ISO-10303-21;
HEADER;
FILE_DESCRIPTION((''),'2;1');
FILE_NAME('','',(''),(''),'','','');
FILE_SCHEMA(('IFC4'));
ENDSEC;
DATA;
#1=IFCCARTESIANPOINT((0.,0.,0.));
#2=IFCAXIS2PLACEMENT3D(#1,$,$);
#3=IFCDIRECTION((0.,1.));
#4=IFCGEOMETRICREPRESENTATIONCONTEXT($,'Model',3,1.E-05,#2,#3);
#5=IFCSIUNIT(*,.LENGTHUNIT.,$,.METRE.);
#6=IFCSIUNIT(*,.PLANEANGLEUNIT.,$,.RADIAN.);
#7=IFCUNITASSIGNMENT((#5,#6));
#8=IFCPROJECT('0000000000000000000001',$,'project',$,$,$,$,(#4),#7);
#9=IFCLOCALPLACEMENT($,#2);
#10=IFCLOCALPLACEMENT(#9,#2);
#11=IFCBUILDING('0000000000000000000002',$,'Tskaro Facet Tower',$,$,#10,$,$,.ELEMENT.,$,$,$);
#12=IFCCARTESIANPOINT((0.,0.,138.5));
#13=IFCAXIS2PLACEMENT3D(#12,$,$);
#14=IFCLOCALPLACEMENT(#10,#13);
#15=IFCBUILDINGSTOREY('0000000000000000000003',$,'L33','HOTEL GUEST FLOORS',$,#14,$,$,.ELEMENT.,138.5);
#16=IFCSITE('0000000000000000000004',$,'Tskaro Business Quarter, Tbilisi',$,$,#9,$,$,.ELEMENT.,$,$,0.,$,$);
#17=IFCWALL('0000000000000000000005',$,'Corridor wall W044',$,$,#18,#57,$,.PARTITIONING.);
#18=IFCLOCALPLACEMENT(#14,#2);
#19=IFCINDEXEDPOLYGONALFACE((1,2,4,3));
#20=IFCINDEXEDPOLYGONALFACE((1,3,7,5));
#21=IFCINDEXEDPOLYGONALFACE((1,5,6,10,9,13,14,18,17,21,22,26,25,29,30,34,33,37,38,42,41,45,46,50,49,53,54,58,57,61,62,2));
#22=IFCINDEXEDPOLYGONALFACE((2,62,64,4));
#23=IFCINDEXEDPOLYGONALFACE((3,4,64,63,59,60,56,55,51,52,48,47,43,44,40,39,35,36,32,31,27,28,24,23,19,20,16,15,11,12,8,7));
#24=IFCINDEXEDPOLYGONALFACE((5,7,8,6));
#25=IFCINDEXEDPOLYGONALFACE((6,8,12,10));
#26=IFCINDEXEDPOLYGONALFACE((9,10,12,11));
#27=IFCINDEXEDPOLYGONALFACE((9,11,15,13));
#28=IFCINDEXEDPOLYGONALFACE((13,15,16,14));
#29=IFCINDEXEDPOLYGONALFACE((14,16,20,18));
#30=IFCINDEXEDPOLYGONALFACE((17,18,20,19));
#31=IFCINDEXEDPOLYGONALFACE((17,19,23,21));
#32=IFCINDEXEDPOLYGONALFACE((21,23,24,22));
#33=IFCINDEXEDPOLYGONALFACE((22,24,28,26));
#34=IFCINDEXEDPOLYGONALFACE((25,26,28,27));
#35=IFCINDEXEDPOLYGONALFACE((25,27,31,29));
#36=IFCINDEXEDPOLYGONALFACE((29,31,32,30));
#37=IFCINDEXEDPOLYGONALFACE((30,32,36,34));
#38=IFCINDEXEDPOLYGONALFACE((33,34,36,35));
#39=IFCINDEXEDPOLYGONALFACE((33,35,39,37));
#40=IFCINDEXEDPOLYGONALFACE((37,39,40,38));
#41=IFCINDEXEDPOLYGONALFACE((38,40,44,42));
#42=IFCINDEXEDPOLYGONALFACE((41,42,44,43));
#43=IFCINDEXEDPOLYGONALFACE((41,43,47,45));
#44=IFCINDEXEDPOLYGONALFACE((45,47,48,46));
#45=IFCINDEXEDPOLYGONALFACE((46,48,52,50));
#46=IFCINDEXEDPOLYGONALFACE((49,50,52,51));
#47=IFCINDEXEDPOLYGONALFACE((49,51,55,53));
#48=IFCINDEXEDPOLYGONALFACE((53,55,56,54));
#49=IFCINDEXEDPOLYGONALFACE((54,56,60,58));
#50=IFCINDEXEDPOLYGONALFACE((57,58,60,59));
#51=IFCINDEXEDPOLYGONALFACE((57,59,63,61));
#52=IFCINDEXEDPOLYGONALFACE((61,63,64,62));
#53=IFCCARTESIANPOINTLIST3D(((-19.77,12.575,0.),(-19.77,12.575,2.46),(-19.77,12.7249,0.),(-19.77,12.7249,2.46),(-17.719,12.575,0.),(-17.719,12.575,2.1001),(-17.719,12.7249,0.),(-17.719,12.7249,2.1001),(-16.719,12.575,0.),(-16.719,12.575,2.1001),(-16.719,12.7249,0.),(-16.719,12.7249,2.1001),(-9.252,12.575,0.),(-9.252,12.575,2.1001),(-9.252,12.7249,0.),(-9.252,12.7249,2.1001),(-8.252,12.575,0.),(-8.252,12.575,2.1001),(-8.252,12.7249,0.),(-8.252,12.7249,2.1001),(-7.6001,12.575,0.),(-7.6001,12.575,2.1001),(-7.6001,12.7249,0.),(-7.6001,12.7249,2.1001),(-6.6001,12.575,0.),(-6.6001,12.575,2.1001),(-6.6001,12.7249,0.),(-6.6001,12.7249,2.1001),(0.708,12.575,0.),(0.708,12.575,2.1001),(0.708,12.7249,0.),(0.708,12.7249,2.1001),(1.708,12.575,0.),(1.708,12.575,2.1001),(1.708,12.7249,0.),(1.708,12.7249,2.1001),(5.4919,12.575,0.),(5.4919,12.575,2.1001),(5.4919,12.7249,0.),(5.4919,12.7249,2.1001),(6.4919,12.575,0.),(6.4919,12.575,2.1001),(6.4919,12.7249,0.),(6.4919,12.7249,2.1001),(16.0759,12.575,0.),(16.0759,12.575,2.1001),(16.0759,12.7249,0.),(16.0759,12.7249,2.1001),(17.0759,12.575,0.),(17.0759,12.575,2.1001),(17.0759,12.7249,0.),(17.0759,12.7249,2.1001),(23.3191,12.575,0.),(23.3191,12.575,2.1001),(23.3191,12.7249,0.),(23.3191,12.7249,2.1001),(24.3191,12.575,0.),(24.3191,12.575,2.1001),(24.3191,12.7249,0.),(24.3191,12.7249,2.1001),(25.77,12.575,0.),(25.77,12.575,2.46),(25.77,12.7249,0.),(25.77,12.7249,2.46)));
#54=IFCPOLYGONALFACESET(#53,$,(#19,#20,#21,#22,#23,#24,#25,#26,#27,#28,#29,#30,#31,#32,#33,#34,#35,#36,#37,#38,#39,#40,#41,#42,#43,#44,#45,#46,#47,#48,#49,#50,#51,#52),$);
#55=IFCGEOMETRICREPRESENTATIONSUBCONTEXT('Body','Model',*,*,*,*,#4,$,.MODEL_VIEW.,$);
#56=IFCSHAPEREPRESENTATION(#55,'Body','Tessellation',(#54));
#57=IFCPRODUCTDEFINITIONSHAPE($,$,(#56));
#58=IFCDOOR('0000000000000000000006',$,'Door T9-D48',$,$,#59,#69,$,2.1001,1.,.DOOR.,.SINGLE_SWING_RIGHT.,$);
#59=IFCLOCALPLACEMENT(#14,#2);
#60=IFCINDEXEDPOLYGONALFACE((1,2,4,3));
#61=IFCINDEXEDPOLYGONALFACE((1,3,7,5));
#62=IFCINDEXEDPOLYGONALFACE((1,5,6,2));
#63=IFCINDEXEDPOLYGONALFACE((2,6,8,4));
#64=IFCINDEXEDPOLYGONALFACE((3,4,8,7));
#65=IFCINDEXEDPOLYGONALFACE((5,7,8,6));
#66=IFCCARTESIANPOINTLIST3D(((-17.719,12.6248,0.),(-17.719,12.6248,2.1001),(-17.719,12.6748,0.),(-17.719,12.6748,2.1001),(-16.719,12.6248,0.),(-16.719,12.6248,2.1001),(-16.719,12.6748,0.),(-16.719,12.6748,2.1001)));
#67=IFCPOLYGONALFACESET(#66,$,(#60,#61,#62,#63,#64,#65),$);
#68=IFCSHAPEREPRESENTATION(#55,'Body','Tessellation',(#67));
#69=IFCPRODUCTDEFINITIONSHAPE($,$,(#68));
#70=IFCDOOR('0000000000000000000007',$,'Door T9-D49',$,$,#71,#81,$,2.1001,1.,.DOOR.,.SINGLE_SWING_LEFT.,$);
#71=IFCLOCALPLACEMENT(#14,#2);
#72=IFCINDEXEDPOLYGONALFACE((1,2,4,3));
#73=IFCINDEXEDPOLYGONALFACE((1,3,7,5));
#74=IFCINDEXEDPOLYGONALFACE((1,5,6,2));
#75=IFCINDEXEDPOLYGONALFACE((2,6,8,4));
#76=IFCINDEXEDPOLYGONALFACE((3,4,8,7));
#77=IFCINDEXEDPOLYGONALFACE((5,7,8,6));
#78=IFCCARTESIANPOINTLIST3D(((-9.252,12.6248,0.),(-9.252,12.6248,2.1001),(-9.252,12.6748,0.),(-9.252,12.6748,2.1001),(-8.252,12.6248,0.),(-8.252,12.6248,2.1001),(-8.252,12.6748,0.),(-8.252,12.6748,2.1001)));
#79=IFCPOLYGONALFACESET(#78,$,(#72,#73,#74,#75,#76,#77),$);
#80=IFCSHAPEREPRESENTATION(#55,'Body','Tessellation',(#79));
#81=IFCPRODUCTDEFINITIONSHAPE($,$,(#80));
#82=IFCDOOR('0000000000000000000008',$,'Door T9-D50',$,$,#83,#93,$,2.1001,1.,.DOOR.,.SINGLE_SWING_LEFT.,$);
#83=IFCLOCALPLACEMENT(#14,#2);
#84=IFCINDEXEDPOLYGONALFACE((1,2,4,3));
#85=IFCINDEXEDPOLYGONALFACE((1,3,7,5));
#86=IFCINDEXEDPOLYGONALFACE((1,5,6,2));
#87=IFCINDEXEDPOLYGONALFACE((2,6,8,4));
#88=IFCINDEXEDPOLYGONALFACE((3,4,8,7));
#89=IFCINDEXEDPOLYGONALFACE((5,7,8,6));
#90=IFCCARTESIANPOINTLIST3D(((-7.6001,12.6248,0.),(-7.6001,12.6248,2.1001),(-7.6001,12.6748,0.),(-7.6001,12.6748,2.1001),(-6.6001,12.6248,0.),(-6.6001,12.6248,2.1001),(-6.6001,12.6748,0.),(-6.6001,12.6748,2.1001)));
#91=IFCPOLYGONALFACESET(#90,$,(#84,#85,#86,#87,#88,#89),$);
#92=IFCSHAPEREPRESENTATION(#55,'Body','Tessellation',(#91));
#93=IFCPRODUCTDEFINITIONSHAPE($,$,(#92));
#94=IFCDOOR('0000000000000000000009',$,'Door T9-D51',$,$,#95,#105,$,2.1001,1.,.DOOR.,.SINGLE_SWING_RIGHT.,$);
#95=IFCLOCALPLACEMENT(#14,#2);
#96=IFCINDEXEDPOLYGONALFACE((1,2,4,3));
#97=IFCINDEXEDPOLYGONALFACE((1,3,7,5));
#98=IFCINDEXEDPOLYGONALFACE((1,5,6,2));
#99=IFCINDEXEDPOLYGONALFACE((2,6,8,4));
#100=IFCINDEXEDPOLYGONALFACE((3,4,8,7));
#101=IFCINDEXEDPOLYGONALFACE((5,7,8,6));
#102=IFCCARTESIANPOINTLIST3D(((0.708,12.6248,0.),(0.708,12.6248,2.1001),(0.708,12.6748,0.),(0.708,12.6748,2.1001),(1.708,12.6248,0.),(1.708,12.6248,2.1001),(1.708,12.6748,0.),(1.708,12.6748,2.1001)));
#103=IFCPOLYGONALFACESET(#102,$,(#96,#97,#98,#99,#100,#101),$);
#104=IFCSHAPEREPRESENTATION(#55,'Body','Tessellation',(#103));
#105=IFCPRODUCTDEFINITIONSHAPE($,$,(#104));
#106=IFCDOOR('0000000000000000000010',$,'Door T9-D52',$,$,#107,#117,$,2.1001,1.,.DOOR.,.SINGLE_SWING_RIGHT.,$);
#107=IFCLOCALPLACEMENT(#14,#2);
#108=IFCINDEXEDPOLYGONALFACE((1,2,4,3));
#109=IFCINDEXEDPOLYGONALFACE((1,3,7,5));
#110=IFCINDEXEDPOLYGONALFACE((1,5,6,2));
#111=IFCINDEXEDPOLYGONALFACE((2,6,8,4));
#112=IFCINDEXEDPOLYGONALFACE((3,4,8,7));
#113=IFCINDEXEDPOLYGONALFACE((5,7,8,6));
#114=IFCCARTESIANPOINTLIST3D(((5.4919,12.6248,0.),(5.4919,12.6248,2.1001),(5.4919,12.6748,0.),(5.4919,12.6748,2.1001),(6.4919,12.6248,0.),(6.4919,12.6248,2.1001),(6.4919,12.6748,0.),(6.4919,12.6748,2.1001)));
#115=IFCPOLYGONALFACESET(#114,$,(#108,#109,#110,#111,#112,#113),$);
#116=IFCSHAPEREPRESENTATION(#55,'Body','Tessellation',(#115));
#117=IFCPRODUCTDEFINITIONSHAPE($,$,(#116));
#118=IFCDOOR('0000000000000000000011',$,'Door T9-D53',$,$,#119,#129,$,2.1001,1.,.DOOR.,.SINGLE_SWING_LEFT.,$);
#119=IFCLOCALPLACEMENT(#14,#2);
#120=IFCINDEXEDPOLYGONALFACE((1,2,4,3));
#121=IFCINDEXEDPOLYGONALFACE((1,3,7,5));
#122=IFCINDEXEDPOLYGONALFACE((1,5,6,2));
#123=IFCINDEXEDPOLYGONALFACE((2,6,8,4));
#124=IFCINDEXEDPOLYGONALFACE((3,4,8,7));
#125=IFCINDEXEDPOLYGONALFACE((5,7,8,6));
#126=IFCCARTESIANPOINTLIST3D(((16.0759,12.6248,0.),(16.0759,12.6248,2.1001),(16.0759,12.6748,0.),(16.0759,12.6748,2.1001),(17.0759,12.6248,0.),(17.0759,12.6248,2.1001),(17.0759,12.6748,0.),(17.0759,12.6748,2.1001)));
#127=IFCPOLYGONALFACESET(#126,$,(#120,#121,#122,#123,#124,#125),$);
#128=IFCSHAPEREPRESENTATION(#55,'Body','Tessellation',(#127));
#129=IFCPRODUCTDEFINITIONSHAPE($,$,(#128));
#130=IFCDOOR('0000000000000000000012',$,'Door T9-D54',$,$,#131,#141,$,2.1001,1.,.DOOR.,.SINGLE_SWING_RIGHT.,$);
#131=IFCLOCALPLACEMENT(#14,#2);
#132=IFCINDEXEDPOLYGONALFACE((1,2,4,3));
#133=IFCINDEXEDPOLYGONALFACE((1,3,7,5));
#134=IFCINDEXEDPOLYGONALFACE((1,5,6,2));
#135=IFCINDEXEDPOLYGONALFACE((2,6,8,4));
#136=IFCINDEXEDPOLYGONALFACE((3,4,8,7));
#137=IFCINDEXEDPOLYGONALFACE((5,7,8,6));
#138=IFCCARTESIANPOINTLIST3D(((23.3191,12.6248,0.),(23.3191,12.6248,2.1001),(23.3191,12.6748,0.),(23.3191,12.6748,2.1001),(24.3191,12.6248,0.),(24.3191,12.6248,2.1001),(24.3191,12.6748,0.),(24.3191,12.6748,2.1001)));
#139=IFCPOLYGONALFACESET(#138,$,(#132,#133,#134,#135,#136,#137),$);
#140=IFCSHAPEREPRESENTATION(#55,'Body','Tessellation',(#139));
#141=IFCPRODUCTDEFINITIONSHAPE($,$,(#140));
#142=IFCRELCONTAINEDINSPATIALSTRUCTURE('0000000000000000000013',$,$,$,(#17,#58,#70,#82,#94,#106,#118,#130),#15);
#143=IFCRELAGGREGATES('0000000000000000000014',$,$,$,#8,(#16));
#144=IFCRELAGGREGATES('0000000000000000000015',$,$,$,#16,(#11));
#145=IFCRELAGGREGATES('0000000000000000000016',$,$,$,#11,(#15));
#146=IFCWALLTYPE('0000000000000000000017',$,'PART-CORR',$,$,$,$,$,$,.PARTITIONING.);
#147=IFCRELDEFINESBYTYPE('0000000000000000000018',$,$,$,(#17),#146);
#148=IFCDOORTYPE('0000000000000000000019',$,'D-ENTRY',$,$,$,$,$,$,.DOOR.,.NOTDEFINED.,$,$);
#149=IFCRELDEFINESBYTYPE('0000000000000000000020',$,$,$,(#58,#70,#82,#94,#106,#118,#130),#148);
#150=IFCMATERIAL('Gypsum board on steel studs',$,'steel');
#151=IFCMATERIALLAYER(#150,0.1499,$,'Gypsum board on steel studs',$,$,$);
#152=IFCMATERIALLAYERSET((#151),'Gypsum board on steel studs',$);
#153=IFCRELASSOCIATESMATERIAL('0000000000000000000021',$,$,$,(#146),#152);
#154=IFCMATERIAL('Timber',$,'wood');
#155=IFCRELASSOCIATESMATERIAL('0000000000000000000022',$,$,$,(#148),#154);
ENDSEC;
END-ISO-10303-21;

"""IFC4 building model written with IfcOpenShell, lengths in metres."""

from ifc_helpers import new_model, si_unit, direction, frame, frame_2d, origin, place, context, subcontext, project, spatial, rectangle, extrude, material, layer, layer_set, type_object, element, fill, save


model = new_model("IFC4")

# Units and contexts
model_context = context("Model", 3, precision=1e-05, world=origin(), true_north=direction((0.0, 1.0)))
body_context = subcontext(model_context, "Body", "Model", "MODEL_VIEW")
ifc_project = project(units=[si_unit("LENGTHUNIT", "METRE"), si_unit("PLANEANGLEUNIT", "RADIAN")], contexts=[model_context])

# Site, building, storey
site_placement = place(None, origin())
site = spatial("IfcSite", under=ifc_project, at=site_placement, Name="Tskaro Business Quarter, Tbilisi", CompositionType="ELEMENT", RefElevation=0.0)
building_placement = place(site_placement, origin())
building = spatial("IfcBuilding", under=site, at=building_placement, Name="Tskaro Facet Tower", CompositionType="ELEMENT")
storey_placement = place(building_placement, frame((0.0, 0.0, 138.5)))
storey = spatial("IfcBuildingStorey", under=building, at=storey_placement, Name="L33", Description="HOTEL GUEST FLOORS", CompositionType="ELEMENT", Elevation=138.5)

# Shared definitions
ifc_material_1 = material(Name="Gypsum board on steel studs", Category="steel")
ifc_layer_1 = layer(ifc_material_1, 0.1499, Name="Gypsum board on steel studs")
ifc_layer_set_1 = layer_set([ifc_layer_1], Name="Gypsum board on steel studs")
wall_type_1 = type_object("IfcWallType", Name="PART-CORR", PredefinedType="PARTITIONING", material=ifc_layer_set_1)
ifc_material_2 = material(Name="Timber", Category="wood")

# Wall, openings, doors
wall_1_placement = place(storey_placement, frame((-19.77, 12.6499, 0.0), z_axis=(0.0, 0.0, 1.0), x_axis=(1.0, 0.0, 0.0)))
wall_1 = element("IfcWall", 1, at=wall_1_placement, inside=storey, type_object=wall_type_1, Name="Corridor wall W044", PredefinedType="PARTITIONING", context=body_context, shape_type="SweptSolid", body=[
    extrude(rectangle(XDim=45.54, YDim=0.1499, at=frame_2d((22.77, 0.0))), origin(), (0.0, 0.0, 1.0), 2.46),
])
opening_1_placement = place(wall_1_placement, frame((2.051, 0.0, 0.0)))
opening_1 = element("IfcOpeningElement", 2, at=opening_1_placement, cuts=wall_1, PredefinedType="OPENING", context=body_context, shape_type="SweptSolid", body=[
    extrude(rectangle(XDim=1.0, YDim=2.1001, at=frame_2d((0.5, 1.05))), frame((0.0, 0.085, 0.0), z_axis=(0.0, -1.0, 0.0), x_axis=(1.0, 0.0, 0.0)), (0.0, 0.0, 1.0), 0.1699),
])
opening_2_placement = place(wall_1_placement, frame((10.5181, 0.0, 0.0)))
opening_2 = element("IfcOpeningElement", 3, at=opening_2_placement, cuts=wall_1, PredefinedType="OPENING", context=body_context, shape_type="SweptSolid", body=[
    extrude(rectangle(XDim=1.0, YDim=2.1001, at=frame_2d((0.5, 1.05))), frame((0.0, 0.085, 0.0), z_axis=(0.0, -1.0, 0.0), x_axis=(1.0, 0.0, 0.0)), (0.0, 0.0, 1.0), 0.1699),
])
opening_3_placement = place(wall_1_placement, frame((12.1699, 0.0, 0.0)))
opening_3 = element("IfcOpeningElement", 4, at=opening_3_placement, cuts=wall_1, PredefinedType="OPENING", context=body_context, shape_type="SweptSolid", body=[
    extrude(rectangle(XDim=1.0, YDim=2.1001, at=frame_2d((0.5, 1.05))), frame((0.0, 0.085, 0.0), z_axis=(0.0, -1.0, 0.0), x_axis=(1.0, 0.0, 0.0)), (0.0, 0.0, 1.0), 0.1699),
])
opening_4_placement = place(wall_1_placement, frame((20.478, 0.0, 0.0)))
opening_4 = element("IfcOpeningElement", 5, at=opening_4_placement, cuts=wall_1, PredefinedType="OPENING", context=body_context, shape_type="SweptSolid", body=[
    extrude(rectangle(XDim=1.0, YDim=2.1001, at=frame_2d((0.5, 1.05))), frame((0.0, 0.085, 0.0), z_axis=(0.0, -1.0, 0.0), x_axis=(1.0, 0.0, 0.0)), (0.0, 0.0, 1.0), 0.1699),
])
opening_5_placement = place(wall_1_placement, frame((25.262, 0.0, 0.0)))
opening_5 = element("IfcOpeningElement", 6, at=opening_5_placement, cuts=wall_1, PredefinedType="OPENING", context=body_context, shape_type="SweptSolid", body=[
    extrude(rectangle(XDim=1.0, YDim=2.1001, at=frame_2d((0.5, 1.05))), frame((0.0, 0.085, 0.0), z_axis=(0.0, -1.0, 0.0), x_axis=(1.0, 0.0, 0.0)), (0.0, 0.0, 1.0), 0.1699),
])
opening_6_placement = place(wall_1_placement, frame((35.8459, 0.0, 0.0)))
opening_6 = element("IfcOpeningElement", 7, at=opening_6_placement, cuts=wall_1, PredefinedType="OPENING", context=body_context, shape_type="SweptSolid", body=[
    extrude(rectangle(XDim=1.0, YDim=2.1001, at=frame_2d((0.5, 1.05))), frame((0.0, 0.085, 0.0), z_axis=(0.0, -1.0, 0.0), x_axis=(1.0, 0.0, 0.0)), (0.0, 0.0, 1.0), 0.1699),
])
opening_7_placement = place(wall_1_placement, frame((43.0891, 0.0, 0.0)))
opening_7 = element("IfcOpeningElement", 8, at=opening_7_placement, cuts=wall_1, PredefinedType="OPENING", context=body_context, shape_type="SweptSolid", body=[
    extrude(rectangle(XDim=1.0, YDim=2.1001, at=frame_2d((0.5, 1.05))), frame((0.0, 0.085, 0.0), z_axis=(0.0, -1.0, 0.0), x_axis=(1.0, 0.0, 0.0)), (0.0, 0.0, 1.0), 0.1699),
])
door_type_1 = type_object("IfcDoorType", Name="D-ENTRY", OperationType="NOTDEFINED", PredefinedType="DOOR", material=ifc_material_2)
door_1_placement = place(opening_1_placement, origin())
door_1 = element("IfcDoor", 9, at=door_1_placement, inside=storey, type_object=door_type_1, Name="Door T9-D48", OperationType="SINGLE_SWING_RIGHT", OverallHeight=2.1001, OverallWidth=1.0, PredefinedType="DOOR", context=body_context, shape_type="SweptSolid", body=[
    extrude(rectangle(XDim=1.0, YDim=2.1001, at=frame_2d((0.5, 1.05))), frame((0.0, 0.0249, 0.0), z_axis=(0.0, -1.0, 0.0), x_axis=(1.0, 0.0, 0.0)), (0.0, 0.0, 1.0), 0.05),
])
fill(opening_1, door_1)
door_2_placement = place(opening_2_placement, origin())
door_2 = element("IfcDoor", 10, at=door_2_placement, inside=storey, type_object=door_type_1, Name="Door T9-D49", OperationType="SINGLE_SWING_LEFT", OverallHeight=2.1001, OverallWidth=1.0, PredefinedType="DOOR", context=body_context, shape_type="SweptSolid", body=[
    extrude(rectangle(XDim=1.0, YDim=2.1001, at=frame_2d((0.5, 1.05))), frame((0.0, 0.0249, 0.0), z_axis=(0.0, -1.0, 0.0), x_axis=(1.0, 0.0, 0.0)), (0.0, 0.0, 1.0), 0.05),
])
fill(opening_2, door_2)
door_3_placement = place(opening_3_placement, origin())
door_3 = element("IfcDoor", 11, at=door_3_placement, inside=storey, type_object=door_type_1, Name="Door T9-D50", OperationType="SINGLE_SWING_LEFT", OverallHeight=2.1001, OverallWidth=1.0, PredefinedType="DOOR", context=body_context, shape_type="SweptSolid", body=[
    extrude(rectangle(XDim=1.0, YDim=2.1001, at=frame_2d((0.5, 1.05))), frame((0.0, 0.0249, 0.0), z_axis=(0.0, -1.0, 0.0), x_axis=(1.0, 0.0, 0.0)), (0.0, 0.0, 1.0), 0.05),
])
fill(opening_3, door_3)
door_4_placement = place(opening_4_placement, origin())
door_4 = element("IfcDoor", 12, at=door_4_placement, inside=storey, type_object=door_type_1, Name="Door T9-D51", OperationType="SINGLE_SWING_RIGHT", OverallHeight=2.1001, OverallWidth=1.0, PredefinedType="DOOR", context=body_context, shape_type="SweptSolid", body=[
    extrude(rectangle(XDim=1.0, YDim=2.1001, at=frame_2d((0.5, 1.05))), frame((0.0, 0.0249, 0.0), z_axis=(0.0, -1.0, 0.0), x_axis=(1.0, 0.0, 0.0)), (0.0, 0.0, 1.0), 0.05),
])
fill(opening_4, door_4)
door_5_placement = place(opening_5_placement, origin())
door_5 = element("IfcDoor", 13, at=door_5_placement, inside=storey, type_object=door_type_1, Name="Door T9-D52", OperationType="SINGLE_SWING_RIGHT", OverallHeight=2.1001, OverallWidth=1.0, PredefinedType="DOOR", context=body_context, shape_type="SweptSolid", body=[
    extrude(rectangle(XDim=1.0, YDim=2.1001, at=frame_2d((0.5, 1.05))), frame((0.0, 0.0249, 0.0), z_axis=(0.0, -1.0, 0.0), x_axis=(1.0, 0.0, 0.0)), (0.0, 0.0, 1.0), 0.05),
])
fill(opening_5, door_5)
door_6_placement = place(opening_6_placement, origin())
door_6 = element("IfcDoor", 14, at=door_6_placement, inside=storey, type_object=door_type_1, Name="Door T9-D53", OperationType="SINGLE_SWING_LEFT", OverallHeight=2.1001, OverallWidth=1.0, PredefinedType="DOOR", context=body_context, shape_type="SweptSolid", body=[
    extrude(rectangle(XDim=1.0, YDim=2.1001, at=frame_2d((0.5, 1.05))), frame((0.0, 0.0249, 0.0), z_axis=(0.0, -1.0, 0.0), x_axis=(1.0, 0.0, 0.0)), (0.0, 0.0, 1.0), 0.05),
])
fill(opening_6, door_6)
door_7_placement = place(opening_7_placement, origin())
door_7 = element("IfcDoor", 15, at=door_7_placement, inside=storey, type_object=door_type_1, Name="Door T9-D54", OperationType="SINGLE_SWING_RIGHT", OverallHeight=2.1001, OverallWidth=1.0, PredefinedType="DOOR", context=body_context, shape_type="SweptSolid", body=[
    extrude(rectangle(XDim=1.0, YDim=2.1001, at=frame_2d((0.5, 1.05))), frame((0.0, 0.0249, 0.0), z_axis=(0.0, -1.0, 0.0), x_axis=(1.0, 0.0, 0.0)), (0.0, 0.0, 1.0), 0.05),
])
fill(opening_7, door_7)

save(model, "model.ifc")
